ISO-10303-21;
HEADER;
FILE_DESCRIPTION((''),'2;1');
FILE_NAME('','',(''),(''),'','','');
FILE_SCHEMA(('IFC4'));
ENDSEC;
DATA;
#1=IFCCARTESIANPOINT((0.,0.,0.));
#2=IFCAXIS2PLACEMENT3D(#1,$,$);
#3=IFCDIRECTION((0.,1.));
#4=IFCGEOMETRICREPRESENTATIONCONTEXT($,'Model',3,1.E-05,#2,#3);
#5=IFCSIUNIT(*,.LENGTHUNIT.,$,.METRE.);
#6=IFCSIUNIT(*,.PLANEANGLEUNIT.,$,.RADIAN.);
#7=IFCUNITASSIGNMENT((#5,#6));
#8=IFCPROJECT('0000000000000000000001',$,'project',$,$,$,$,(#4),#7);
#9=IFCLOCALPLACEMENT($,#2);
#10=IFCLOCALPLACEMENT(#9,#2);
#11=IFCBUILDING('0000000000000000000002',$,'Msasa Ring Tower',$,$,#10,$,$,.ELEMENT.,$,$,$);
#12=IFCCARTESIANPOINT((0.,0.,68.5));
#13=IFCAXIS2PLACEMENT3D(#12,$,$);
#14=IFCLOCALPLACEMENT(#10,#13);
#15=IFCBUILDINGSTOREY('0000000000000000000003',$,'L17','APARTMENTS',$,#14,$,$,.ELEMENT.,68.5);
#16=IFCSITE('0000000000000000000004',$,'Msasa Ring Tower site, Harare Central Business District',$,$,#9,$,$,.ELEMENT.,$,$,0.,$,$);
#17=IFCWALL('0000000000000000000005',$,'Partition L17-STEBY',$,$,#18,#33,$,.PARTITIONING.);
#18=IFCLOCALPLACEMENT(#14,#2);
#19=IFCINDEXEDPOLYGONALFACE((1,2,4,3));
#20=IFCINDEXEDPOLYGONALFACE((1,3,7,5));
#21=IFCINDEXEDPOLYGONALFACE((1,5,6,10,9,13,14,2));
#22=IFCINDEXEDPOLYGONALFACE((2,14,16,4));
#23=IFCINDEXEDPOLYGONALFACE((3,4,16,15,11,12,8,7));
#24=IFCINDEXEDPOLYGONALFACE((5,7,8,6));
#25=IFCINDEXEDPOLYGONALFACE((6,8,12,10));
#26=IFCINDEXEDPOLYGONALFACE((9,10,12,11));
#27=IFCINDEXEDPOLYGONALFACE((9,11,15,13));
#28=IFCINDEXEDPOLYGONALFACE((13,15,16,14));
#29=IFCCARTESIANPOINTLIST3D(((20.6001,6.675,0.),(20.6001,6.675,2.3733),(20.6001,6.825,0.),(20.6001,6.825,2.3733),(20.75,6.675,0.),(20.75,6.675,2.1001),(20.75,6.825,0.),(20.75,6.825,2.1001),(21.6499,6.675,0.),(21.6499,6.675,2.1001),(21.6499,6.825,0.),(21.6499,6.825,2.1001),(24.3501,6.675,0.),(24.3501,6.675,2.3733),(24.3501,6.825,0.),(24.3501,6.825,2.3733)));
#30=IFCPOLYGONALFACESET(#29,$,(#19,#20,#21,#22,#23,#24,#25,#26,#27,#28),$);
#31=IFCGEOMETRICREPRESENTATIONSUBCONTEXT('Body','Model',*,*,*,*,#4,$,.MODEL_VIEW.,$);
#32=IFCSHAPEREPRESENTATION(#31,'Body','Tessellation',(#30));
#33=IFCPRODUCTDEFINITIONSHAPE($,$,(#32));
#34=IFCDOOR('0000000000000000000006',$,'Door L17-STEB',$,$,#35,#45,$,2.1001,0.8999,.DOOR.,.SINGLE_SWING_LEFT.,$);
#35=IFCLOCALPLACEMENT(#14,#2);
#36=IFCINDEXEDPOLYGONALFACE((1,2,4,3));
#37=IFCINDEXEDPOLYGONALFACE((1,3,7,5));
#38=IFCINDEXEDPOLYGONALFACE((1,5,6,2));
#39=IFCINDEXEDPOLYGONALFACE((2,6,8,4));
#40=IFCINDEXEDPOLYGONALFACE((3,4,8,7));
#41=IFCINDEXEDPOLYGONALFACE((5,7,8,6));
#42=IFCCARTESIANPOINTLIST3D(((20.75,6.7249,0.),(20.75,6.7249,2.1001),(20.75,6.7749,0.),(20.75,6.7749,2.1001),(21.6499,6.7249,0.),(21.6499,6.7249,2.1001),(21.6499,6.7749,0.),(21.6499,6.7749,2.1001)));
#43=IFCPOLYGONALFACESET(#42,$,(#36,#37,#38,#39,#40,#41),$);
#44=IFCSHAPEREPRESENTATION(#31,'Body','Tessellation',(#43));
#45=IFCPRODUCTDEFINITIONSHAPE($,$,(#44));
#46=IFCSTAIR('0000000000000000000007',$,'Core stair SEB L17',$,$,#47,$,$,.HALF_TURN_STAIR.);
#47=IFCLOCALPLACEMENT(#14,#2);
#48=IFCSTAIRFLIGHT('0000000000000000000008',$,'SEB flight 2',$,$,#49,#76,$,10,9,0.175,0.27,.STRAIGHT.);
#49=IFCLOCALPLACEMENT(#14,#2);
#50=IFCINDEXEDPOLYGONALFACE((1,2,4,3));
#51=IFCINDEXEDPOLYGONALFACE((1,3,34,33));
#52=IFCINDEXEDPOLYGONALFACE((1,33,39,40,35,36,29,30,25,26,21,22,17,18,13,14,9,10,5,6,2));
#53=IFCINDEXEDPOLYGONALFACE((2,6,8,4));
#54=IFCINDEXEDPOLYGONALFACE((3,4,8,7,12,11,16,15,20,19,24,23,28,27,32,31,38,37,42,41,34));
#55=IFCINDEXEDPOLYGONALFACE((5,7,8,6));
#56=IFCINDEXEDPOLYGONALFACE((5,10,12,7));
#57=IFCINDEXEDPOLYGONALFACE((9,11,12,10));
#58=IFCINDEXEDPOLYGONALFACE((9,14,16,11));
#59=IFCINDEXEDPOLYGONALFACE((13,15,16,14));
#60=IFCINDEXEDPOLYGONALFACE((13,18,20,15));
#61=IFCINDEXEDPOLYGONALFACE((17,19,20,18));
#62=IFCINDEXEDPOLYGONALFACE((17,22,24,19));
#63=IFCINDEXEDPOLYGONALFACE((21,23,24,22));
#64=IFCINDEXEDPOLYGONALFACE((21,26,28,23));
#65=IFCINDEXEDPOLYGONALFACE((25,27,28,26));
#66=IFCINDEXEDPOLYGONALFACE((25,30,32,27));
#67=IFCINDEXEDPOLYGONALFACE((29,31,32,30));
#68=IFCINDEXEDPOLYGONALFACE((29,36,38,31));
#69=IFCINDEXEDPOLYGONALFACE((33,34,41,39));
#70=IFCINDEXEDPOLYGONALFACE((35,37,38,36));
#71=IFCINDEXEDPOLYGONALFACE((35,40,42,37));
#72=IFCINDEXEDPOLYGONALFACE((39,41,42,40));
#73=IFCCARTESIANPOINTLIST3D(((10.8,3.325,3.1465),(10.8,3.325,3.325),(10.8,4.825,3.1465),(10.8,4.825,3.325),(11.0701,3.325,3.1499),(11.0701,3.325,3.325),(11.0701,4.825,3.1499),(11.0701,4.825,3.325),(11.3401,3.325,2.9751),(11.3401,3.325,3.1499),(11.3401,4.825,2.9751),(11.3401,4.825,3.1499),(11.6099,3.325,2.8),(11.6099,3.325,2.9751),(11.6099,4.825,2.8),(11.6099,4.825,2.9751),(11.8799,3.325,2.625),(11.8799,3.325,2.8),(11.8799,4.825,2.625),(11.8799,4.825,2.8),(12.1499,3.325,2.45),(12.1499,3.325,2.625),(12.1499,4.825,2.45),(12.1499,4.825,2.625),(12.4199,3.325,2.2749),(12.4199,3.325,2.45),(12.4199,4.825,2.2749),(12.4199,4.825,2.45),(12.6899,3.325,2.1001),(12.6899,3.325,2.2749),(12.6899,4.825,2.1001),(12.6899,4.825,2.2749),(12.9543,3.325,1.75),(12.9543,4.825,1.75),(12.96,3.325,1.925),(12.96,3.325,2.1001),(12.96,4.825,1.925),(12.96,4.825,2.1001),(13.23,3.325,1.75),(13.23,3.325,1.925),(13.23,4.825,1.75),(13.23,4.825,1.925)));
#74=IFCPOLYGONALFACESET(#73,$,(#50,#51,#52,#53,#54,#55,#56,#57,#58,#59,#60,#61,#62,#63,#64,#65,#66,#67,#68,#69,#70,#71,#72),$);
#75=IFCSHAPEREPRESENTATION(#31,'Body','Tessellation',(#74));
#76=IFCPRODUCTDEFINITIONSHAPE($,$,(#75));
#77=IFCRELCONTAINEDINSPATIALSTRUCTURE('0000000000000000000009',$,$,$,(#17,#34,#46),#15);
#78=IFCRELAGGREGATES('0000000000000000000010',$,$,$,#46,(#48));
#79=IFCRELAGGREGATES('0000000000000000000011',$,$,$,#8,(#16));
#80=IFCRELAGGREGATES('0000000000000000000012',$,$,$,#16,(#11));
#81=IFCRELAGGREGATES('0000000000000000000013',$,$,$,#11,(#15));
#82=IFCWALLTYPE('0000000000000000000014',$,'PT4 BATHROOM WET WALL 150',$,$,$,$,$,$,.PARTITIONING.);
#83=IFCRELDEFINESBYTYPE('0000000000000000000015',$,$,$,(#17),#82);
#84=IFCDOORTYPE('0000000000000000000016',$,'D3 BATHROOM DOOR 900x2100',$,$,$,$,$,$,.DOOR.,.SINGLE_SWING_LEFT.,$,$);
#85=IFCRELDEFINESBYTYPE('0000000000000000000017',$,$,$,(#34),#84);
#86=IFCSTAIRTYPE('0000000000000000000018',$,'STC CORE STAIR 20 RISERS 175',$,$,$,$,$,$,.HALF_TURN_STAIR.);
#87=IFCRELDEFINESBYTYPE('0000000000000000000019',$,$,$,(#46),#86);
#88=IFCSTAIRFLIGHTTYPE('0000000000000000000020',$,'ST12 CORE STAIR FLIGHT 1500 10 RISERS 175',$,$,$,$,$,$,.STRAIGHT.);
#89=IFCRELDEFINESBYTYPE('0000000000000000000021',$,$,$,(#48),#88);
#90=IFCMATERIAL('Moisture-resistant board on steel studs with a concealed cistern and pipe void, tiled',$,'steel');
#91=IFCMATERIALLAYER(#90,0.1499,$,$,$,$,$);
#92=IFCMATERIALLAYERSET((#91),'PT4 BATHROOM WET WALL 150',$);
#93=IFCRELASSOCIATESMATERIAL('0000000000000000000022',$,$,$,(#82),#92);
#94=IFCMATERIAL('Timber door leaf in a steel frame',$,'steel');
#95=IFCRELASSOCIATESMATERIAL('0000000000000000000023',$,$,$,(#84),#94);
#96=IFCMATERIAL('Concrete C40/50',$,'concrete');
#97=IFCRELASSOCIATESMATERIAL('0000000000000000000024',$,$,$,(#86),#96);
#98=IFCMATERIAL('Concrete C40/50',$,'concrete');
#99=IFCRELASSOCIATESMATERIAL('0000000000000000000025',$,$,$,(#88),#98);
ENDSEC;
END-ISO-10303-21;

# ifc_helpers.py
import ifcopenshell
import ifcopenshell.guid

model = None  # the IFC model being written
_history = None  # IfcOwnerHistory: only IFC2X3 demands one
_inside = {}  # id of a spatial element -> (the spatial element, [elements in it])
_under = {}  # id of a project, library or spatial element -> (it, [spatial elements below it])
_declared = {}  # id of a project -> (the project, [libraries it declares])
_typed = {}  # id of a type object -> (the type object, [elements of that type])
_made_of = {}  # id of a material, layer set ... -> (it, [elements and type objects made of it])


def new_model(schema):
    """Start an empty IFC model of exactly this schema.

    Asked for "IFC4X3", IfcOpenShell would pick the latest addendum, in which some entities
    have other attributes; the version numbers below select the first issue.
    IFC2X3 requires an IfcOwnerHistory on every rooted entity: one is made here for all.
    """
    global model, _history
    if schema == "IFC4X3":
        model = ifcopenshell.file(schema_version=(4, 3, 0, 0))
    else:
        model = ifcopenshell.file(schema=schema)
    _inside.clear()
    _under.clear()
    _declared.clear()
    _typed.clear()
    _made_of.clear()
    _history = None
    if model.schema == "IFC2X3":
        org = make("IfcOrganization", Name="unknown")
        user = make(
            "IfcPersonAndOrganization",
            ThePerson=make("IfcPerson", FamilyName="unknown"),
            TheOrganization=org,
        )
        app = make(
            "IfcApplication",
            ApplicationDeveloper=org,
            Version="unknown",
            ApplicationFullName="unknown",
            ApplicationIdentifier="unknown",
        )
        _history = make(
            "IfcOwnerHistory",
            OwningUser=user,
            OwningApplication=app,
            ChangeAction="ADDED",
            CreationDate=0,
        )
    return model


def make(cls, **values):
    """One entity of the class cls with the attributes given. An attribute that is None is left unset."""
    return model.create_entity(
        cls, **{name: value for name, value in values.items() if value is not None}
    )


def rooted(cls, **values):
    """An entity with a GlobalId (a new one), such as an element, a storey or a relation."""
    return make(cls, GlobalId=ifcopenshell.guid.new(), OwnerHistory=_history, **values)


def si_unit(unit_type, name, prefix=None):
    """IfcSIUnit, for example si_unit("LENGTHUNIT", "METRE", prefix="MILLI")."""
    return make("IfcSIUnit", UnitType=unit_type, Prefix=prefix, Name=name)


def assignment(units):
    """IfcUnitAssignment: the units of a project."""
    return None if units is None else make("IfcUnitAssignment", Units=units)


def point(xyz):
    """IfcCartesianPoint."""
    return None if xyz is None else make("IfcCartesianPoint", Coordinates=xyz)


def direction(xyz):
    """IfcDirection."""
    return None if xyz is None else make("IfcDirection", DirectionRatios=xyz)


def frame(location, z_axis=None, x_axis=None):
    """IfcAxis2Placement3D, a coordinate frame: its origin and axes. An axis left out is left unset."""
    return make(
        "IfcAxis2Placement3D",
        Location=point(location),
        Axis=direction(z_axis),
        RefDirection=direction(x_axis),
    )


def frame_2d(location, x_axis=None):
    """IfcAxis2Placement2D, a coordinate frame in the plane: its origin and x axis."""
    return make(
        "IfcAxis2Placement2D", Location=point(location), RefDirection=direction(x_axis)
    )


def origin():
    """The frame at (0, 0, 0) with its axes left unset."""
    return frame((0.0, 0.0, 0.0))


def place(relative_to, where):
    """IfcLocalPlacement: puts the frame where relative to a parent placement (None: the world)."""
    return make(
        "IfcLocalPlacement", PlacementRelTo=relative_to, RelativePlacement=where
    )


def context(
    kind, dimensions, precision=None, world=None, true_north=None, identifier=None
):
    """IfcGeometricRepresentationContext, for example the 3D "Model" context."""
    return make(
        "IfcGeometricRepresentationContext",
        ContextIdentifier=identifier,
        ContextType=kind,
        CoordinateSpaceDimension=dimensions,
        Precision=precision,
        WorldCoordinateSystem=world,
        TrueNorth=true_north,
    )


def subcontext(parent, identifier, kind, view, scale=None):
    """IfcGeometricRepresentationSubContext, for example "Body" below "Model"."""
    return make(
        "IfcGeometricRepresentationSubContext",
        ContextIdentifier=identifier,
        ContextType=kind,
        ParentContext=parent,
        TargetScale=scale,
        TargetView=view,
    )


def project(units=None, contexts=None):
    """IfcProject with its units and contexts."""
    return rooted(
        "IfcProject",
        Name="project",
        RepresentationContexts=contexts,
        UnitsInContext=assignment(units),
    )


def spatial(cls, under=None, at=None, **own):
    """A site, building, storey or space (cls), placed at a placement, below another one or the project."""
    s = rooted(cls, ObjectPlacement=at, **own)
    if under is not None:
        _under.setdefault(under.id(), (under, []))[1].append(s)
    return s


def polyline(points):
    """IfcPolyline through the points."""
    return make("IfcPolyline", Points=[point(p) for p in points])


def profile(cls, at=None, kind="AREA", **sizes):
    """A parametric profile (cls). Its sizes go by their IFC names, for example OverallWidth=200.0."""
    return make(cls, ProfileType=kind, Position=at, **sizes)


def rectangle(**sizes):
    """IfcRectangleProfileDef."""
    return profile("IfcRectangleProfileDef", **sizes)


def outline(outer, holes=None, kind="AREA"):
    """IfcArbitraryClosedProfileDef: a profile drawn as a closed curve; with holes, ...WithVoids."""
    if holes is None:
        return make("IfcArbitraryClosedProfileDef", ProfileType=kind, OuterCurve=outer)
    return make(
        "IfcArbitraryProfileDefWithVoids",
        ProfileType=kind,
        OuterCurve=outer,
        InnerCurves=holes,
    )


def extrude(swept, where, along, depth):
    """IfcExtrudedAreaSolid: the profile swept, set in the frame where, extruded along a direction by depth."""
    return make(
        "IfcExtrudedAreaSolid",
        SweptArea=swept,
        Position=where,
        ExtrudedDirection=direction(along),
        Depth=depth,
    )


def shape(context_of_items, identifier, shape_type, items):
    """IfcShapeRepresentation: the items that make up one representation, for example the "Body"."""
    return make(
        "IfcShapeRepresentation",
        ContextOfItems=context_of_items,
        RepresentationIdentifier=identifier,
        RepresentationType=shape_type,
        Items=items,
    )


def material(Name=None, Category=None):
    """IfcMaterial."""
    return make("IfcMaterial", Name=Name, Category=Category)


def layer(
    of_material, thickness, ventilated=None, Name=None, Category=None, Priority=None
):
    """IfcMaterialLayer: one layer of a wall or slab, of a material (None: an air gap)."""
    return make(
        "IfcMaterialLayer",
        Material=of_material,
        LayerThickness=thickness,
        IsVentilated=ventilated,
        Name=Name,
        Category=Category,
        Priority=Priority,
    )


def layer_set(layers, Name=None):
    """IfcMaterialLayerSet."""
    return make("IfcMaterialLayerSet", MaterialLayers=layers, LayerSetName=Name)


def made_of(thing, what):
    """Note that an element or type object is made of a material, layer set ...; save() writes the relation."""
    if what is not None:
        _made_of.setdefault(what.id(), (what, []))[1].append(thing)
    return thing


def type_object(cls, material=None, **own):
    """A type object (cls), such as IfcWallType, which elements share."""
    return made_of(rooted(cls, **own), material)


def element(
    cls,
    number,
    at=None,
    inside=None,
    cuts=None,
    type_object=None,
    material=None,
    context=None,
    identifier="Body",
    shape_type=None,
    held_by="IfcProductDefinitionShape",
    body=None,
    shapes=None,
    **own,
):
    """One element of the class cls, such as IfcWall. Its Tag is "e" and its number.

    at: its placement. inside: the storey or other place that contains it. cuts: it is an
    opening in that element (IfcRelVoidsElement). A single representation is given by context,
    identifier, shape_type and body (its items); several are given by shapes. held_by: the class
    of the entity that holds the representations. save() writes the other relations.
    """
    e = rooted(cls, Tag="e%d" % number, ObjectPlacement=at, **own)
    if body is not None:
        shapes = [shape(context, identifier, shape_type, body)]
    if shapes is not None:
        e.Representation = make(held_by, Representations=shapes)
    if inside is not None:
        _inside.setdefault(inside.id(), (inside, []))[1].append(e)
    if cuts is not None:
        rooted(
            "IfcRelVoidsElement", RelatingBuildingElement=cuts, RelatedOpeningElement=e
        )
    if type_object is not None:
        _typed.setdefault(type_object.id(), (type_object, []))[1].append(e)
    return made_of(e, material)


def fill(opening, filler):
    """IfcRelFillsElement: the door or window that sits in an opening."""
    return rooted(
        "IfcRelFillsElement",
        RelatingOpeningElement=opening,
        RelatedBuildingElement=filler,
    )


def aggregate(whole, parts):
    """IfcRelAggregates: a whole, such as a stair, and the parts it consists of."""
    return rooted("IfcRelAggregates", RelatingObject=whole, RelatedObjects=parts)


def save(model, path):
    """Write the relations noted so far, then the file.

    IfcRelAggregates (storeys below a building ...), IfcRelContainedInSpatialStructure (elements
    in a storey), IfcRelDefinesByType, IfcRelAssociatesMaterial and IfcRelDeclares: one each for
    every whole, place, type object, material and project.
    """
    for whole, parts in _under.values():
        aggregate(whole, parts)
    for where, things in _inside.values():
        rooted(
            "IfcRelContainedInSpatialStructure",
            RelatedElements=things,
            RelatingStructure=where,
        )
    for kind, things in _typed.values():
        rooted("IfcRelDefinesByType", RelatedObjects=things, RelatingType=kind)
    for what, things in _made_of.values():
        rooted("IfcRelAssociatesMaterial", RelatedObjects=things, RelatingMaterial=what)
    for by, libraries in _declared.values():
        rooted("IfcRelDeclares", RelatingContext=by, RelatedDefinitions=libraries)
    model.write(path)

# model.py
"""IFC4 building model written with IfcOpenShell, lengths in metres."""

from ifc_helpers import new_model, si_unit, direction, frame, frame_2d, origin, place, context, subcontext, project, spatial, polyline, rectangle, outline, extrude, material, layer, layer_set, type_object, element, fill, aggregate, save


model = new_model("IFC4")

# Units and contexts
model_context = context("Model", 3, precision=1e-05, world=origin(), true_north=direction((0.0, 1.0)))
body_context = subcontext(model_context, "Body", "Model", "MODEL_VIEW")
ifc_project = project(units=[si_unit("LENGTHUNIT", "METRE"), si_unit("PLANEANGLEUNIT", "RADIAN")], contexts=[model_context])

# Site, building, storey
site_placement = place(None, origin())
site = spatial("IfcSite", under=ifc_project, at=site_placement, Name="Msasa Ring Tower site, Harare Central Business District", CompositionType="ELEMENT", RefElevation=0.0)
building_placement = place(site_placement, origin())
building = spatial("IfcBuilding", under=site, at=building_placement, Name="Msasa Ring Tower", CompositionType="ELEMENT")
storey_placement = place(building_placement, frame((0.0, 0.0, 68.5)))
storey = spatial("IfcBuildingStorey", under=building, at=storey_placement, Name="L17", Description="APARTMENTS", CompositionType="ELEMENT", Elevation=68.5)

# Wall, opening, door
ifc_material_1 = material(Name="Moisture-resistant board on steel studs with a concealed cistern and pipe void, tiled", Category="steel")
ifc_layer_1 = layer(ifc_material_1, 0.1499)
ifc_layer_set_1 = layer_set([ifc_layer_1], Name="PT4 BATHROOM WET WALL 150")
wall_type_1 = type_object("IfcWallType", Name="PT4 BATHROOM WET WALL 150", PredefinedType="PARTITIONING", material=ifc_layer_set_1)
wall_1_placement = place(storey_placement, frame((20.6001, 6.75, 0.0), z_axis=(0.0, 0.0, 1.0), x_axis=(1.0, 0.0, 0.0)))
wall_1 = element("IfcWall", 1, at=wall_1_placement, inside=storey, type_object=wall_type_1, Name="Partition L17-STEBY", PredefinedType="PARTITIONING", context=body_context, shape_type="SweptSolid", body=[
    extrude(rectangle(XDim=3.75, YDim=0.1499, at=frame_2d((1.875, 0.0))), origin(), (0.0, 0.0, 1.0), 2.3733),
])
opening_1_placement = place(wall_1_placement, frame((0.1499, 0.0, 0.0)))
opening_1 = element("IfcOpeningElement", 2, at=opening_1_placement, cuts=wall_1, PredefinedType="OPENING", context=body_context, shape_type="SweptSolid", body=[
    extrude(rectangle(XDim=0.8999, YDim=2.1001, at=frame_2d((0.45, 1.05))), frame((0.0, 0.085, 0.0), z_axis=(0.0, -1.0, 0.0), x_axis=(1.0, 0.0, 0.0)), (0.0, 0.0, 1.0), 0.1699),
])
ifc_material_2 = material(Name="Timber door leaf in a steel frame", Category="steel")
door_type_1 = type_object("IfcDoorType", Name="D3 BATHROOM DOOR 900x2100", OperationType="SINGLE_SWING_LEFT", PredefinedType="DOOR", material=ifc_material_2)
door_1_placement = place(opening_1_placement, origin())
door_1 = element("IfcDoor", 3, at=door_1_placement, inside=storey, type_object=door_type_1, Name="Door L17-STEB", OperationType="SINGLE_SWING_LEFT", OverallHeight=2.1001, OverallWidth=0.8999, PredefinedType="DOOR", context=body_context, shape_type="SweptSolid", body=[
    extrude(rectangle(XDim=0.8999, YDim=2.1001, at=frame_2d((0.45, 1.05))), frame((0.0, 0.0249, 0.0), z_axis=(0.0, -1.0, 0.0), x_axis=(1.0, 0.0, 0.0)), (0.0, 0.0, 1.0), 0.05),
])
fill(opening_1, door_1)

# Stair, stair flight
ifc_material_3 = material(Name="Concrete C40/50", Category="concrete")
stair_type = type_object("IfcStairType", Name="STC CORE STAIR 20 RISERS 175", PredefinedType="HALF_TURN_STAIR", material=ifc_material_3)
stair_placement = place(storey_placement, origin())
stair = element("IfcStair", 4, at=stair_placement, inside=storey, type_object=stair_type, Name="Core stair SEB L17", PredefinedType="HALF_TURN_STAIR")
ifc_material_4 = material(Name="Concrete C40/50", Category="concrete")
stair_flight_type = type_object("IfcStairFlightType", Name="ST12 CORE STAIR FLIGHT 1500 10 RISERS 175", PredefinedType="STRAIGHT", material=ifc_material_4)
stair_flight_placement = place(storey_placement, frame((13.23, 4.075, 1.75), z_axis=(0.0, 0.0, 1.0), x_axis=(-1.0, 0.0, 0.0)))
stair_flight = element("IfcStairFlight", 5, at=stair_flight_placement, type_object=stair_flight_type, Name="SEB flight 2", NumberOfRisers=10, NumberOfTreads=9, PredefinedType="STRAIGHT", RiserHeight=0.175, TreadLength=0.27, context=body_context, shape_type="SweptSolid", body=[
    extrude(outline(polyline([(0.0, 0.0), (0.0, 0.175), (0.27, 0.175), (0.27, 0.3501), (0.54, 0.3501), (0.54, 0.5249), (0.8101, 0.5249), (0.8101, 0.7), (1.0801, 0.7), (1.0801, 0.875), (1.3501, 0.875), (1.3501, 1.05), (1.6201, 1.05), (1.6201, 1.2251), (1.8899, 1.2251), (1.8899, 1.3999), (2.1599, 1.3999), (2.1599, 1.575), (2.4299, 1.575), (2.4299, 1.75), (2.4299, 1.3965), (0.2756, 0.0), (0.0, 0.0)])), frame((0.0, 0.75, 0.0), z_axis=(0.0, -1.0, 0.0), x_axis=(1.0, 0.0, 0.0)), (0.0, 0.0, 1.0), 1.5),
])
aggregate(stair, [stair_flight])

save(model, "model.ifc")
